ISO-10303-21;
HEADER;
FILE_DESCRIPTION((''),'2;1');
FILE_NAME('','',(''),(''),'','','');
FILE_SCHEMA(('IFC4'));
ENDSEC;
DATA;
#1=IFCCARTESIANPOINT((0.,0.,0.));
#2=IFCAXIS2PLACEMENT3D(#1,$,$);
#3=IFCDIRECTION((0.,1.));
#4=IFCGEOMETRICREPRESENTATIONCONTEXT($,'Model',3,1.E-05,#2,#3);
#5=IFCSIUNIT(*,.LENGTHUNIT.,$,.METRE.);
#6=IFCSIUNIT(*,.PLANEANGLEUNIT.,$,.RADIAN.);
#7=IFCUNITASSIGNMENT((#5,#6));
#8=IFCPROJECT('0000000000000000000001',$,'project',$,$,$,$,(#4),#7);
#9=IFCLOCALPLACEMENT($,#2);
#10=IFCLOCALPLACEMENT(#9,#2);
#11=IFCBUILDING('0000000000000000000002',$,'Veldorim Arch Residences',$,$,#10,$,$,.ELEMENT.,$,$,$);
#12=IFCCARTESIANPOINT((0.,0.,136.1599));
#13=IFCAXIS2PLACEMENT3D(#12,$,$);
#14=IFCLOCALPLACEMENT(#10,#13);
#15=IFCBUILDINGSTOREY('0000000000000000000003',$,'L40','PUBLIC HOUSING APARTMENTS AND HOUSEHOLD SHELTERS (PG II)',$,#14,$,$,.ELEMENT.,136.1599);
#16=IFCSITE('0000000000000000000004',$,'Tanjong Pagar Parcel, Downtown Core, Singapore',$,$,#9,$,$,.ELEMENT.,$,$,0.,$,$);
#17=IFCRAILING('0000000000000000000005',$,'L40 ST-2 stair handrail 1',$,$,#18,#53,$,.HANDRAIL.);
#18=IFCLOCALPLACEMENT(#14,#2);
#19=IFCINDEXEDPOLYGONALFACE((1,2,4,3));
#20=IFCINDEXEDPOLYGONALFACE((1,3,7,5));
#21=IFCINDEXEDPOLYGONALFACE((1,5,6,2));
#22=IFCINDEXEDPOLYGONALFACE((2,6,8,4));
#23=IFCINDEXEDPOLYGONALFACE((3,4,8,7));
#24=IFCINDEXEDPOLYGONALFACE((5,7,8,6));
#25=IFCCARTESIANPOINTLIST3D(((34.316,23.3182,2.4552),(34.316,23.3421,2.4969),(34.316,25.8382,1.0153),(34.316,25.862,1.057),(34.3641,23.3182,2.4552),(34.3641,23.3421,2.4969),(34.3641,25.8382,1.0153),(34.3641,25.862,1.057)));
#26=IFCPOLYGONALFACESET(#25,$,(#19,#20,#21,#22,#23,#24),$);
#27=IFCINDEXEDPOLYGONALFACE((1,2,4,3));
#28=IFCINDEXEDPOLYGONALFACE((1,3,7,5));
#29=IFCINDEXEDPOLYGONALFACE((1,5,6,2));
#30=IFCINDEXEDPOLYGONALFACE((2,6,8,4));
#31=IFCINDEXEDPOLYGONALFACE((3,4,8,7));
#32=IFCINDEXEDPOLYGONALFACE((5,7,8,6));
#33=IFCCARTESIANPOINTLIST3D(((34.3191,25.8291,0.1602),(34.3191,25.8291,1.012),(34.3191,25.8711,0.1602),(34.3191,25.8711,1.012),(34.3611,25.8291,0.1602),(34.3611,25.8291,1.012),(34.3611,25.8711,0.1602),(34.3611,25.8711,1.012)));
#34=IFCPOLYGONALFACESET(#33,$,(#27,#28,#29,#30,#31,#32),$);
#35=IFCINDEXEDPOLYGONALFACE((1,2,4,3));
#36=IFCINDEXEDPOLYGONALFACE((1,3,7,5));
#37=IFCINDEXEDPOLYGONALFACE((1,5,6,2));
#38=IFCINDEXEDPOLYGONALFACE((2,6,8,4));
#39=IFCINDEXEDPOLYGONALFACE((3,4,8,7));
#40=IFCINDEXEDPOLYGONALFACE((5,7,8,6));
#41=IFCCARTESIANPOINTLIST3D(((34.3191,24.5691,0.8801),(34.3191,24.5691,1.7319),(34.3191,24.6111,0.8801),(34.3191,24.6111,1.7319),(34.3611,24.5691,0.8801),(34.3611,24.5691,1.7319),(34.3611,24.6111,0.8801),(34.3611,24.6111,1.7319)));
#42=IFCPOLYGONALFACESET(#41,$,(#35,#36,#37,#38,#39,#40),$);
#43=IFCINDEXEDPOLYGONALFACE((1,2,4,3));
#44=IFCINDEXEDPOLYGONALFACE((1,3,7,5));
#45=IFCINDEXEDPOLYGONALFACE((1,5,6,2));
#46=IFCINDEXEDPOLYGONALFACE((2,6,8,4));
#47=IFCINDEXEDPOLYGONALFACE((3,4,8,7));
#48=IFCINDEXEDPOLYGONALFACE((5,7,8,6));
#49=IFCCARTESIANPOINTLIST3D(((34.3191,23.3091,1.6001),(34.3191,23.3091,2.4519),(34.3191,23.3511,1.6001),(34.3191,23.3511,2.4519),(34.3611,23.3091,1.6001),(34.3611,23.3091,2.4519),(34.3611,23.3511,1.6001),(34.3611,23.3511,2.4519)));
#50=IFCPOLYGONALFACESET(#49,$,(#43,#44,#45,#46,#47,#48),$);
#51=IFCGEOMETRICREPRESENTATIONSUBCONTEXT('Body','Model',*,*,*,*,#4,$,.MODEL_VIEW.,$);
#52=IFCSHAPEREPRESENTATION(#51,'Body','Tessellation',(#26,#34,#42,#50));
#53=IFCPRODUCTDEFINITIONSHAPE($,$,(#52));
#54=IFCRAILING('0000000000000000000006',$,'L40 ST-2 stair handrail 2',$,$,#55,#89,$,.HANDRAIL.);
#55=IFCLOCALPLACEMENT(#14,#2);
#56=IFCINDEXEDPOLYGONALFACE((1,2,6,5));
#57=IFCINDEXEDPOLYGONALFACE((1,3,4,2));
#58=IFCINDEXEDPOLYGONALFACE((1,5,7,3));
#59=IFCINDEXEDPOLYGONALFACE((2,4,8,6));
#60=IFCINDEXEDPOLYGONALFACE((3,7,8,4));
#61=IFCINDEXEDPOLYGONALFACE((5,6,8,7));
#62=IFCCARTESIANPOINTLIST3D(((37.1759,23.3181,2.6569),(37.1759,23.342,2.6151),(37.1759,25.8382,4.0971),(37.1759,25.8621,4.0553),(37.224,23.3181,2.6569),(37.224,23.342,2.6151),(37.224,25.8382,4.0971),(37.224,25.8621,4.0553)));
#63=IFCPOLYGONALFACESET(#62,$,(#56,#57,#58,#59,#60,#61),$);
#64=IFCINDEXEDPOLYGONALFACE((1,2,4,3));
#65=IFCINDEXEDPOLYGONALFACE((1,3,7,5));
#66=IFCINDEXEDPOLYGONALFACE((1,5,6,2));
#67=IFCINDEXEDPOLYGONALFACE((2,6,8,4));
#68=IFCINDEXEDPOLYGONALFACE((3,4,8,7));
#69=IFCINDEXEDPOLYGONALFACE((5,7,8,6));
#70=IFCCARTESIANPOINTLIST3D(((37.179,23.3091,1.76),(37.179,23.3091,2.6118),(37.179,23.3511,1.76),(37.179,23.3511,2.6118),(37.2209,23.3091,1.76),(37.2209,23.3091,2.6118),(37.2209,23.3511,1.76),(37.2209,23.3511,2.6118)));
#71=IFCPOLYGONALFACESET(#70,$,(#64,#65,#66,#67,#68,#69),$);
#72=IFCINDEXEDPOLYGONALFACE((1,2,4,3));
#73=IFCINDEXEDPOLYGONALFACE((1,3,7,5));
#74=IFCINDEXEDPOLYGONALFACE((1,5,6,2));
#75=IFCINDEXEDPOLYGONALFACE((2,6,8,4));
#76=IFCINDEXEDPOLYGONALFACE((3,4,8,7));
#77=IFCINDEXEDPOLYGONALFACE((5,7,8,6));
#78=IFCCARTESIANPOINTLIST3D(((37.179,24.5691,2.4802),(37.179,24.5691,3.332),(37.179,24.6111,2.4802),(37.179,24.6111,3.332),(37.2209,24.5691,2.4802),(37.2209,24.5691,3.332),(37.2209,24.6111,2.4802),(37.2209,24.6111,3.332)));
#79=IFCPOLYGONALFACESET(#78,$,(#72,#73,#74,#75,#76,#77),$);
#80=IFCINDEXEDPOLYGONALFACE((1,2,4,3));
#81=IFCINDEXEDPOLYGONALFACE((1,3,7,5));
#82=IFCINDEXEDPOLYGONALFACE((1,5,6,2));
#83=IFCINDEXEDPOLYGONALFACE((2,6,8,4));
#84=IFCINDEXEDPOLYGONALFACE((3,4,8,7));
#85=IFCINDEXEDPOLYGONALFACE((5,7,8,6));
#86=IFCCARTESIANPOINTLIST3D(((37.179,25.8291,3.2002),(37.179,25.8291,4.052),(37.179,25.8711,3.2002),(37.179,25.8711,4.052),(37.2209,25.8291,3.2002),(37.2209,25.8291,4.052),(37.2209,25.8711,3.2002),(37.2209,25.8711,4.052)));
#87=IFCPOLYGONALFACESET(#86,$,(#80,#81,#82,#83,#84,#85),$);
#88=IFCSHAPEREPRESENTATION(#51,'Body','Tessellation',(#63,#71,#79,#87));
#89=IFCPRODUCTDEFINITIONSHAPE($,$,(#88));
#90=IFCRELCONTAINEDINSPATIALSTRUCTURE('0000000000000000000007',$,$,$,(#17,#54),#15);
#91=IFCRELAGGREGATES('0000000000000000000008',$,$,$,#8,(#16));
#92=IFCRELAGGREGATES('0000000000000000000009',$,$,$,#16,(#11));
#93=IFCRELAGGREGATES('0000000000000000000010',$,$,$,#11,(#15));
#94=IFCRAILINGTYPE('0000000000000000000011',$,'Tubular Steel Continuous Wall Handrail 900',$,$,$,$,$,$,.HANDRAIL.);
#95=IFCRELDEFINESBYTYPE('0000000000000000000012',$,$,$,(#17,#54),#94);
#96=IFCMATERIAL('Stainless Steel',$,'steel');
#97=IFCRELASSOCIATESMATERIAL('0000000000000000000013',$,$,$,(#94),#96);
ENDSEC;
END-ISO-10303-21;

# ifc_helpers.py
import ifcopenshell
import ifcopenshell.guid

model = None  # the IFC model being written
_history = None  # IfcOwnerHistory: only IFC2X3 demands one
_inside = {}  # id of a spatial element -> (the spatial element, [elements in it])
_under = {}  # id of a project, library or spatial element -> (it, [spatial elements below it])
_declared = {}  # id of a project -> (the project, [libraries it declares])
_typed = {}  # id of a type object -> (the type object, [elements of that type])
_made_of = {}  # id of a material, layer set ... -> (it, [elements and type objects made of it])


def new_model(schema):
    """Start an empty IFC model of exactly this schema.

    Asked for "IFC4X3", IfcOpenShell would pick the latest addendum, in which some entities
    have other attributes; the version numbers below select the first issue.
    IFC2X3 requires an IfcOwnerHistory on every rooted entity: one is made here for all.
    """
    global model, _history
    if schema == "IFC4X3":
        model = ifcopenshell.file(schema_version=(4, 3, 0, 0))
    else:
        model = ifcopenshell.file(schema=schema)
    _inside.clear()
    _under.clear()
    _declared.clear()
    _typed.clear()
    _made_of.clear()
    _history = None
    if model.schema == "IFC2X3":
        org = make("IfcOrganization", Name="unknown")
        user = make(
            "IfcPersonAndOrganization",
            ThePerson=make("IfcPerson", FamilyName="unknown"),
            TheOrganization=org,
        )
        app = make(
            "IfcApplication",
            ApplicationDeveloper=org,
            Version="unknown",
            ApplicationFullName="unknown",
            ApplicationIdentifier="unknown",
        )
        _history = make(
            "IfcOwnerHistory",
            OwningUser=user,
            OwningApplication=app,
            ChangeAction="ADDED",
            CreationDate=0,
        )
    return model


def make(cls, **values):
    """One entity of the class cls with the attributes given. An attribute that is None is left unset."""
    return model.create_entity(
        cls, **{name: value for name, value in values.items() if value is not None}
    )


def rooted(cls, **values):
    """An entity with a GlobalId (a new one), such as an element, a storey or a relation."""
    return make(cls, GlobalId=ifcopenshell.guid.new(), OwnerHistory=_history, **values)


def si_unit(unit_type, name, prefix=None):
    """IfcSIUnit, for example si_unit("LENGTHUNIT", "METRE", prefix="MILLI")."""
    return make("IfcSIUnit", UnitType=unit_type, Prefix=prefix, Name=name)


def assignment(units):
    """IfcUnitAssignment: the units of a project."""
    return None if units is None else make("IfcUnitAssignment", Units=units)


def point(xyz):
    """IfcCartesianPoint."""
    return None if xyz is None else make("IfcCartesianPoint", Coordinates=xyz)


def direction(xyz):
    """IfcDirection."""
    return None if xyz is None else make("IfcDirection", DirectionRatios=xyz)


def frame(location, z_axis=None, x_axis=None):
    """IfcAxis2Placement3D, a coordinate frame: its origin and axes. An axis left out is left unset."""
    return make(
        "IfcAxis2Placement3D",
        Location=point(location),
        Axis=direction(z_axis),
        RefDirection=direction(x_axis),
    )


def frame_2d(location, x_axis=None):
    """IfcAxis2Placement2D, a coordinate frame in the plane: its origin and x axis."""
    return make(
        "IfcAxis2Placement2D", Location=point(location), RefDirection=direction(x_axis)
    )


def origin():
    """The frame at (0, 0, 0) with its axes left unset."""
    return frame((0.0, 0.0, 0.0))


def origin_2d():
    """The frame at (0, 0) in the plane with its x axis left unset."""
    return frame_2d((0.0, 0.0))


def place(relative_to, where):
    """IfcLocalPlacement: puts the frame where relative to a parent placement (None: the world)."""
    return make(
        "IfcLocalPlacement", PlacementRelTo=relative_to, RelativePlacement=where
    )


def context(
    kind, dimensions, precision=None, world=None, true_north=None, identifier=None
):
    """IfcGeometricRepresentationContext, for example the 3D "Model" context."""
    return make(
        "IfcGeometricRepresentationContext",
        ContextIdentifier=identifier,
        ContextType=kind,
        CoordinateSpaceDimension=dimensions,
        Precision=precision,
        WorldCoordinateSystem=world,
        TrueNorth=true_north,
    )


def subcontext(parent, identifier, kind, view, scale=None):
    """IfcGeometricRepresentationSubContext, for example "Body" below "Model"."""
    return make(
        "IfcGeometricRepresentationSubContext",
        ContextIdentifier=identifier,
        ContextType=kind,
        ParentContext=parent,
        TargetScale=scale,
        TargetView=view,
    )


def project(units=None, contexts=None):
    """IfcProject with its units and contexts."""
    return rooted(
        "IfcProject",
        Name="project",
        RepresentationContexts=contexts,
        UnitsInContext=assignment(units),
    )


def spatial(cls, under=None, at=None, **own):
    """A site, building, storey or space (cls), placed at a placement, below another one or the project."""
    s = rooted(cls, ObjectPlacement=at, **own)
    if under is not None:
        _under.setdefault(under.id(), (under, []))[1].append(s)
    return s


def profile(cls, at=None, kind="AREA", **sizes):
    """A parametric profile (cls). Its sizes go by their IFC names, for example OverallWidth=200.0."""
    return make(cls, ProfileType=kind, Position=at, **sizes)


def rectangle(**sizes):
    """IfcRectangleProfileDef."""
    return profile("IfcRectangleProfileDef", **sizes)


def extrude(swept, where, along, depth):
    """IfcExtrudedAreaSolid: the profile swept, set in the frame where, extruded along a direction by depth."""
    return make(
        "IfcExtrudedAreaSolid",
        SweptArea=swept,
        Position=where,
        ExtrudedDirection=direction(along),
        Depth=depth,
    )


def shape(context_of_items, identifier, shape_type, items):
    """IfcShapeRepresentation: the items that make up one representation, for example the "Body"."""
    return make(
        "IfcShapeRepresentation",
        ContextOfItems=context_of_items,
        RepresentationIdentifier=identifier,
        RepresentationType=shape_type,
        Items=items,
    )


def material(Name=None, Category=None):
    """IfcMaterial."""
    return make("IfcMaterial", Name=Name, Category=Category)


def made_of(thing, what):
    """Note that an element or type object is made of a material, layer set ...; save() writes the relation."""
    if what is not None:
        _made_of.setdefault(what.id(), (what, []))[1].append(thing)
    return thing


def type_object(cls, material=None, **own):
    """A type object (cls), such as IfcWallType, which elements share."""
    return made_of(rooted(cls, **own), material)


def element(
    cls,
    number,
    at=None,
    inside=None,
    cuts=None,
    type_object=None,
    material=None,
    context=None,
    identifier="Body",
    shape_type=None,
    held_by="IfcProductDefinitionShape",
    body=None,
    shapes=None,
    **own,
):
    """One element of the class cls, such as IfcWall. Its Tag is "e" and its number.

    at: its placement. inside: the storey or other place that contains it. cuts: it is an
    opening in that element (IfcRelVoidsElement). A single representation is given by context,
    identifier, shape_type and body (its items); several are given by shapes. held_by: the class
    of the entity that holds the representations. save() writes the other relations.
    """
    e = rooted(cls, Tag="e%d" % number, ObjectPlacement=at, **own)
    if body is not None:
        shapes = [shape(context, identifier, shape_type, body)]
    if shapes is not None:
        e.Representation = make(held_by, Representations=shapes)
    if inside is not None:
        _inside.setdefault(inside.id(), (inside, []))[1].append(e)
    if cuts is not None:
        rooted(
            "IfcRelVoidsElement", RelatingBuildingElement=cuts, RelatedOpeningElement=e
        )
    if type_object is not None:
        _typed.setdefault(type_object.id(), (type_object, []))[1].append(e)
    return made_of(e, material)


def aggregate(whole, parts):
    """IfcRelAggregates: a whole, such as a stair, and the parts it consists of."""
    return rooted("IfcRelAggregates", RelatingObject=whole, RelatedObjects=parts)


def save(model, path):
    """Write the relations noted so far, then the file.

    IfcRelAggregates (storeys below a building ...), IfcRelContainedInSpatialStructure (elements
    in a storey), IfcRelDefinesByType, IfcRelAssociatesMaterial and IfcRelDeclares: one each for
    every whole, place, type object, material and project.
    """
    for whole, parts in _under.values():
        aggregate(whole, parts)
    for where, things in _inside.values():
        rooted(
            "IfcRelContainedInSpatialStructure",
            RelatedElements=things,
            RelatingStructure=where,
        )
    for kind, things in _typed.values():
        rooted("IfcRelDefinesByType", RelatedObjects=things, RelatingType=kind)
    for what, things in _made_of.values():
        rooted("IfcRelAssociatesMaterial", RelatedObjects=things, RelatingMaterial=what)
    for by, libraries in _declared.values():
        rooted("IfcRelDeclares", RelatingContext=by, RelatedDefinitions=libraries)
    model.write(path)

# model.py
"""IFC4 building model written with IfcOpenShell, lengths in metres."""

from ifc_helpers import new_model, si_unit, direction, frame, origin, origin_2d, place, context, subcontext, project, spatial, rectangle, extrude, material, type_object, element, save


model = new_model("IFC4")

# Units and contexts
model_context = context("Model", 3, precision=1e-05, world=origin(), true_north=direction((0.0, 1.0)))
body_context = subcontext(model_context, "Body", "Model", "MODEL_VIEW")
ifc_project = project(units=[si_unit("LENGTHUNIT", "METRE"), si_unit("PLANEANGLEUNIT", "RADIAN")], contexts=[model_context])

# Site, building, storey
site_placement = place(None, origin())
site = spatial("IfcSite", under=ifc_project, at=site_placement, Name="Tanjong Pagar Parcel, Downtown Core, Singapore", CompositionType="ELEMENT", RefElevation=0.0)
building_placement = place(site_placement, origin())
building = spatial("IfcBuilding", under=site, at=building_placement, Name="Veldorim Arch Residences", CompositionType="ELEMENT")
storey_placement = place(building_placement, frame((0.0, 0.0, 136.1599)))
storey = spatial("IfcBuildingStorey", under=building, at=storey_placement, Name="L40", Description="PUBLIC HOUSING APARTMENTS AND HOUSEHOLD SHELTERS (PG II)", CompositionType="ELEMENT", Elevation=136.1599)

# Railings
ifc_material_1 = material(Name="Stainless Steel", Category="steel")
railing_type_1 = type_object("IfcRailingType", Name="Tubular Steel Continuous Wall Handrail 900", PredefinedType="HANDRAIL", material=ifc_material_1)
railing_1_placement = place(storey_placement, frame((34.3401, 25.8501, 0.1602)))
element("IfcRailing", 1, at=railing_1_placement, inside=storey, type_object=railing_type_1, Name="L40 ST-2 stair handrail 1", PredefinedType="HANDRAIL", context=body_context, shape_type="SweptSolid", body=[
    extrude(rectangle(XDim=0.0481, YDim=0.0481, at=origin_2d()), frame((0.0, 0.0, 0.876), z_axis=(0.0, -0.868253, 0.496121), x_axis=(1.0, 0.0, 0.0)), (0.0, 0.0, 1.0), 2.9023),
    extrude(rectangle(XDim=0.042, YDim=0.042, at=origin_2d()), origin(), (0.0, 0.0, 1.0), 0.8518),
    extrude(rectangle(XDim=0.042, YDim=0.042, at=origin_2d()), frame((0.0, -1.26, 0.72)), (0.0, 0.0, 1.0), 0.8518),
    extrude(rectangle(XDim=0.042, YDim=0.042, at=origin_2d()), frame((0.0, -2.52, 1.4399)), (0.0, 0.0, 1.0), 0.8518),
])
railing_2_placement = place(storey_placement, frame((37.2, 23.3301, 1.76)))
element("IfcRailing", 2, at=railing_2_placement, inside=storey, type_object=railing_type_1, Name="L40 ST-2 stair handrail 2", PredefinedType="HANDRAIL", context=body_context, shape_type="SweptSolid", body=[
    extrude(rectangle(XDim=0.0481, YDim=0.0481, at=origin_2d()), frame((0.0, 0.0, 0.876), z_axis=(0.0, 0.868217, 0.496184), x_axis=(-1.0, 0.0, 0.0)), (0.0, 0.0, 1.0), 2.9026),
    extrude(rectangle(XDim=0.042, YDim=0.042, at=origin_2d()), origin(), (0.0, 0.0, 1.0), 0.8518),
    extrude(rectangle(XDim=0.042, YDim=0.042, at=origin_2d()), frame((0.0, 1.26, 0.7202)), (0.0, 0.0, 1.0), 0.8518),
    extrude(rectangle(XDim=0.042, YDim=0.042, at=origin_2d()), frame((0.0, 2.52, 1.4402)), (0.0, 0.0, 1.0), 0.8518),
])

save(model, "model.ifc")
